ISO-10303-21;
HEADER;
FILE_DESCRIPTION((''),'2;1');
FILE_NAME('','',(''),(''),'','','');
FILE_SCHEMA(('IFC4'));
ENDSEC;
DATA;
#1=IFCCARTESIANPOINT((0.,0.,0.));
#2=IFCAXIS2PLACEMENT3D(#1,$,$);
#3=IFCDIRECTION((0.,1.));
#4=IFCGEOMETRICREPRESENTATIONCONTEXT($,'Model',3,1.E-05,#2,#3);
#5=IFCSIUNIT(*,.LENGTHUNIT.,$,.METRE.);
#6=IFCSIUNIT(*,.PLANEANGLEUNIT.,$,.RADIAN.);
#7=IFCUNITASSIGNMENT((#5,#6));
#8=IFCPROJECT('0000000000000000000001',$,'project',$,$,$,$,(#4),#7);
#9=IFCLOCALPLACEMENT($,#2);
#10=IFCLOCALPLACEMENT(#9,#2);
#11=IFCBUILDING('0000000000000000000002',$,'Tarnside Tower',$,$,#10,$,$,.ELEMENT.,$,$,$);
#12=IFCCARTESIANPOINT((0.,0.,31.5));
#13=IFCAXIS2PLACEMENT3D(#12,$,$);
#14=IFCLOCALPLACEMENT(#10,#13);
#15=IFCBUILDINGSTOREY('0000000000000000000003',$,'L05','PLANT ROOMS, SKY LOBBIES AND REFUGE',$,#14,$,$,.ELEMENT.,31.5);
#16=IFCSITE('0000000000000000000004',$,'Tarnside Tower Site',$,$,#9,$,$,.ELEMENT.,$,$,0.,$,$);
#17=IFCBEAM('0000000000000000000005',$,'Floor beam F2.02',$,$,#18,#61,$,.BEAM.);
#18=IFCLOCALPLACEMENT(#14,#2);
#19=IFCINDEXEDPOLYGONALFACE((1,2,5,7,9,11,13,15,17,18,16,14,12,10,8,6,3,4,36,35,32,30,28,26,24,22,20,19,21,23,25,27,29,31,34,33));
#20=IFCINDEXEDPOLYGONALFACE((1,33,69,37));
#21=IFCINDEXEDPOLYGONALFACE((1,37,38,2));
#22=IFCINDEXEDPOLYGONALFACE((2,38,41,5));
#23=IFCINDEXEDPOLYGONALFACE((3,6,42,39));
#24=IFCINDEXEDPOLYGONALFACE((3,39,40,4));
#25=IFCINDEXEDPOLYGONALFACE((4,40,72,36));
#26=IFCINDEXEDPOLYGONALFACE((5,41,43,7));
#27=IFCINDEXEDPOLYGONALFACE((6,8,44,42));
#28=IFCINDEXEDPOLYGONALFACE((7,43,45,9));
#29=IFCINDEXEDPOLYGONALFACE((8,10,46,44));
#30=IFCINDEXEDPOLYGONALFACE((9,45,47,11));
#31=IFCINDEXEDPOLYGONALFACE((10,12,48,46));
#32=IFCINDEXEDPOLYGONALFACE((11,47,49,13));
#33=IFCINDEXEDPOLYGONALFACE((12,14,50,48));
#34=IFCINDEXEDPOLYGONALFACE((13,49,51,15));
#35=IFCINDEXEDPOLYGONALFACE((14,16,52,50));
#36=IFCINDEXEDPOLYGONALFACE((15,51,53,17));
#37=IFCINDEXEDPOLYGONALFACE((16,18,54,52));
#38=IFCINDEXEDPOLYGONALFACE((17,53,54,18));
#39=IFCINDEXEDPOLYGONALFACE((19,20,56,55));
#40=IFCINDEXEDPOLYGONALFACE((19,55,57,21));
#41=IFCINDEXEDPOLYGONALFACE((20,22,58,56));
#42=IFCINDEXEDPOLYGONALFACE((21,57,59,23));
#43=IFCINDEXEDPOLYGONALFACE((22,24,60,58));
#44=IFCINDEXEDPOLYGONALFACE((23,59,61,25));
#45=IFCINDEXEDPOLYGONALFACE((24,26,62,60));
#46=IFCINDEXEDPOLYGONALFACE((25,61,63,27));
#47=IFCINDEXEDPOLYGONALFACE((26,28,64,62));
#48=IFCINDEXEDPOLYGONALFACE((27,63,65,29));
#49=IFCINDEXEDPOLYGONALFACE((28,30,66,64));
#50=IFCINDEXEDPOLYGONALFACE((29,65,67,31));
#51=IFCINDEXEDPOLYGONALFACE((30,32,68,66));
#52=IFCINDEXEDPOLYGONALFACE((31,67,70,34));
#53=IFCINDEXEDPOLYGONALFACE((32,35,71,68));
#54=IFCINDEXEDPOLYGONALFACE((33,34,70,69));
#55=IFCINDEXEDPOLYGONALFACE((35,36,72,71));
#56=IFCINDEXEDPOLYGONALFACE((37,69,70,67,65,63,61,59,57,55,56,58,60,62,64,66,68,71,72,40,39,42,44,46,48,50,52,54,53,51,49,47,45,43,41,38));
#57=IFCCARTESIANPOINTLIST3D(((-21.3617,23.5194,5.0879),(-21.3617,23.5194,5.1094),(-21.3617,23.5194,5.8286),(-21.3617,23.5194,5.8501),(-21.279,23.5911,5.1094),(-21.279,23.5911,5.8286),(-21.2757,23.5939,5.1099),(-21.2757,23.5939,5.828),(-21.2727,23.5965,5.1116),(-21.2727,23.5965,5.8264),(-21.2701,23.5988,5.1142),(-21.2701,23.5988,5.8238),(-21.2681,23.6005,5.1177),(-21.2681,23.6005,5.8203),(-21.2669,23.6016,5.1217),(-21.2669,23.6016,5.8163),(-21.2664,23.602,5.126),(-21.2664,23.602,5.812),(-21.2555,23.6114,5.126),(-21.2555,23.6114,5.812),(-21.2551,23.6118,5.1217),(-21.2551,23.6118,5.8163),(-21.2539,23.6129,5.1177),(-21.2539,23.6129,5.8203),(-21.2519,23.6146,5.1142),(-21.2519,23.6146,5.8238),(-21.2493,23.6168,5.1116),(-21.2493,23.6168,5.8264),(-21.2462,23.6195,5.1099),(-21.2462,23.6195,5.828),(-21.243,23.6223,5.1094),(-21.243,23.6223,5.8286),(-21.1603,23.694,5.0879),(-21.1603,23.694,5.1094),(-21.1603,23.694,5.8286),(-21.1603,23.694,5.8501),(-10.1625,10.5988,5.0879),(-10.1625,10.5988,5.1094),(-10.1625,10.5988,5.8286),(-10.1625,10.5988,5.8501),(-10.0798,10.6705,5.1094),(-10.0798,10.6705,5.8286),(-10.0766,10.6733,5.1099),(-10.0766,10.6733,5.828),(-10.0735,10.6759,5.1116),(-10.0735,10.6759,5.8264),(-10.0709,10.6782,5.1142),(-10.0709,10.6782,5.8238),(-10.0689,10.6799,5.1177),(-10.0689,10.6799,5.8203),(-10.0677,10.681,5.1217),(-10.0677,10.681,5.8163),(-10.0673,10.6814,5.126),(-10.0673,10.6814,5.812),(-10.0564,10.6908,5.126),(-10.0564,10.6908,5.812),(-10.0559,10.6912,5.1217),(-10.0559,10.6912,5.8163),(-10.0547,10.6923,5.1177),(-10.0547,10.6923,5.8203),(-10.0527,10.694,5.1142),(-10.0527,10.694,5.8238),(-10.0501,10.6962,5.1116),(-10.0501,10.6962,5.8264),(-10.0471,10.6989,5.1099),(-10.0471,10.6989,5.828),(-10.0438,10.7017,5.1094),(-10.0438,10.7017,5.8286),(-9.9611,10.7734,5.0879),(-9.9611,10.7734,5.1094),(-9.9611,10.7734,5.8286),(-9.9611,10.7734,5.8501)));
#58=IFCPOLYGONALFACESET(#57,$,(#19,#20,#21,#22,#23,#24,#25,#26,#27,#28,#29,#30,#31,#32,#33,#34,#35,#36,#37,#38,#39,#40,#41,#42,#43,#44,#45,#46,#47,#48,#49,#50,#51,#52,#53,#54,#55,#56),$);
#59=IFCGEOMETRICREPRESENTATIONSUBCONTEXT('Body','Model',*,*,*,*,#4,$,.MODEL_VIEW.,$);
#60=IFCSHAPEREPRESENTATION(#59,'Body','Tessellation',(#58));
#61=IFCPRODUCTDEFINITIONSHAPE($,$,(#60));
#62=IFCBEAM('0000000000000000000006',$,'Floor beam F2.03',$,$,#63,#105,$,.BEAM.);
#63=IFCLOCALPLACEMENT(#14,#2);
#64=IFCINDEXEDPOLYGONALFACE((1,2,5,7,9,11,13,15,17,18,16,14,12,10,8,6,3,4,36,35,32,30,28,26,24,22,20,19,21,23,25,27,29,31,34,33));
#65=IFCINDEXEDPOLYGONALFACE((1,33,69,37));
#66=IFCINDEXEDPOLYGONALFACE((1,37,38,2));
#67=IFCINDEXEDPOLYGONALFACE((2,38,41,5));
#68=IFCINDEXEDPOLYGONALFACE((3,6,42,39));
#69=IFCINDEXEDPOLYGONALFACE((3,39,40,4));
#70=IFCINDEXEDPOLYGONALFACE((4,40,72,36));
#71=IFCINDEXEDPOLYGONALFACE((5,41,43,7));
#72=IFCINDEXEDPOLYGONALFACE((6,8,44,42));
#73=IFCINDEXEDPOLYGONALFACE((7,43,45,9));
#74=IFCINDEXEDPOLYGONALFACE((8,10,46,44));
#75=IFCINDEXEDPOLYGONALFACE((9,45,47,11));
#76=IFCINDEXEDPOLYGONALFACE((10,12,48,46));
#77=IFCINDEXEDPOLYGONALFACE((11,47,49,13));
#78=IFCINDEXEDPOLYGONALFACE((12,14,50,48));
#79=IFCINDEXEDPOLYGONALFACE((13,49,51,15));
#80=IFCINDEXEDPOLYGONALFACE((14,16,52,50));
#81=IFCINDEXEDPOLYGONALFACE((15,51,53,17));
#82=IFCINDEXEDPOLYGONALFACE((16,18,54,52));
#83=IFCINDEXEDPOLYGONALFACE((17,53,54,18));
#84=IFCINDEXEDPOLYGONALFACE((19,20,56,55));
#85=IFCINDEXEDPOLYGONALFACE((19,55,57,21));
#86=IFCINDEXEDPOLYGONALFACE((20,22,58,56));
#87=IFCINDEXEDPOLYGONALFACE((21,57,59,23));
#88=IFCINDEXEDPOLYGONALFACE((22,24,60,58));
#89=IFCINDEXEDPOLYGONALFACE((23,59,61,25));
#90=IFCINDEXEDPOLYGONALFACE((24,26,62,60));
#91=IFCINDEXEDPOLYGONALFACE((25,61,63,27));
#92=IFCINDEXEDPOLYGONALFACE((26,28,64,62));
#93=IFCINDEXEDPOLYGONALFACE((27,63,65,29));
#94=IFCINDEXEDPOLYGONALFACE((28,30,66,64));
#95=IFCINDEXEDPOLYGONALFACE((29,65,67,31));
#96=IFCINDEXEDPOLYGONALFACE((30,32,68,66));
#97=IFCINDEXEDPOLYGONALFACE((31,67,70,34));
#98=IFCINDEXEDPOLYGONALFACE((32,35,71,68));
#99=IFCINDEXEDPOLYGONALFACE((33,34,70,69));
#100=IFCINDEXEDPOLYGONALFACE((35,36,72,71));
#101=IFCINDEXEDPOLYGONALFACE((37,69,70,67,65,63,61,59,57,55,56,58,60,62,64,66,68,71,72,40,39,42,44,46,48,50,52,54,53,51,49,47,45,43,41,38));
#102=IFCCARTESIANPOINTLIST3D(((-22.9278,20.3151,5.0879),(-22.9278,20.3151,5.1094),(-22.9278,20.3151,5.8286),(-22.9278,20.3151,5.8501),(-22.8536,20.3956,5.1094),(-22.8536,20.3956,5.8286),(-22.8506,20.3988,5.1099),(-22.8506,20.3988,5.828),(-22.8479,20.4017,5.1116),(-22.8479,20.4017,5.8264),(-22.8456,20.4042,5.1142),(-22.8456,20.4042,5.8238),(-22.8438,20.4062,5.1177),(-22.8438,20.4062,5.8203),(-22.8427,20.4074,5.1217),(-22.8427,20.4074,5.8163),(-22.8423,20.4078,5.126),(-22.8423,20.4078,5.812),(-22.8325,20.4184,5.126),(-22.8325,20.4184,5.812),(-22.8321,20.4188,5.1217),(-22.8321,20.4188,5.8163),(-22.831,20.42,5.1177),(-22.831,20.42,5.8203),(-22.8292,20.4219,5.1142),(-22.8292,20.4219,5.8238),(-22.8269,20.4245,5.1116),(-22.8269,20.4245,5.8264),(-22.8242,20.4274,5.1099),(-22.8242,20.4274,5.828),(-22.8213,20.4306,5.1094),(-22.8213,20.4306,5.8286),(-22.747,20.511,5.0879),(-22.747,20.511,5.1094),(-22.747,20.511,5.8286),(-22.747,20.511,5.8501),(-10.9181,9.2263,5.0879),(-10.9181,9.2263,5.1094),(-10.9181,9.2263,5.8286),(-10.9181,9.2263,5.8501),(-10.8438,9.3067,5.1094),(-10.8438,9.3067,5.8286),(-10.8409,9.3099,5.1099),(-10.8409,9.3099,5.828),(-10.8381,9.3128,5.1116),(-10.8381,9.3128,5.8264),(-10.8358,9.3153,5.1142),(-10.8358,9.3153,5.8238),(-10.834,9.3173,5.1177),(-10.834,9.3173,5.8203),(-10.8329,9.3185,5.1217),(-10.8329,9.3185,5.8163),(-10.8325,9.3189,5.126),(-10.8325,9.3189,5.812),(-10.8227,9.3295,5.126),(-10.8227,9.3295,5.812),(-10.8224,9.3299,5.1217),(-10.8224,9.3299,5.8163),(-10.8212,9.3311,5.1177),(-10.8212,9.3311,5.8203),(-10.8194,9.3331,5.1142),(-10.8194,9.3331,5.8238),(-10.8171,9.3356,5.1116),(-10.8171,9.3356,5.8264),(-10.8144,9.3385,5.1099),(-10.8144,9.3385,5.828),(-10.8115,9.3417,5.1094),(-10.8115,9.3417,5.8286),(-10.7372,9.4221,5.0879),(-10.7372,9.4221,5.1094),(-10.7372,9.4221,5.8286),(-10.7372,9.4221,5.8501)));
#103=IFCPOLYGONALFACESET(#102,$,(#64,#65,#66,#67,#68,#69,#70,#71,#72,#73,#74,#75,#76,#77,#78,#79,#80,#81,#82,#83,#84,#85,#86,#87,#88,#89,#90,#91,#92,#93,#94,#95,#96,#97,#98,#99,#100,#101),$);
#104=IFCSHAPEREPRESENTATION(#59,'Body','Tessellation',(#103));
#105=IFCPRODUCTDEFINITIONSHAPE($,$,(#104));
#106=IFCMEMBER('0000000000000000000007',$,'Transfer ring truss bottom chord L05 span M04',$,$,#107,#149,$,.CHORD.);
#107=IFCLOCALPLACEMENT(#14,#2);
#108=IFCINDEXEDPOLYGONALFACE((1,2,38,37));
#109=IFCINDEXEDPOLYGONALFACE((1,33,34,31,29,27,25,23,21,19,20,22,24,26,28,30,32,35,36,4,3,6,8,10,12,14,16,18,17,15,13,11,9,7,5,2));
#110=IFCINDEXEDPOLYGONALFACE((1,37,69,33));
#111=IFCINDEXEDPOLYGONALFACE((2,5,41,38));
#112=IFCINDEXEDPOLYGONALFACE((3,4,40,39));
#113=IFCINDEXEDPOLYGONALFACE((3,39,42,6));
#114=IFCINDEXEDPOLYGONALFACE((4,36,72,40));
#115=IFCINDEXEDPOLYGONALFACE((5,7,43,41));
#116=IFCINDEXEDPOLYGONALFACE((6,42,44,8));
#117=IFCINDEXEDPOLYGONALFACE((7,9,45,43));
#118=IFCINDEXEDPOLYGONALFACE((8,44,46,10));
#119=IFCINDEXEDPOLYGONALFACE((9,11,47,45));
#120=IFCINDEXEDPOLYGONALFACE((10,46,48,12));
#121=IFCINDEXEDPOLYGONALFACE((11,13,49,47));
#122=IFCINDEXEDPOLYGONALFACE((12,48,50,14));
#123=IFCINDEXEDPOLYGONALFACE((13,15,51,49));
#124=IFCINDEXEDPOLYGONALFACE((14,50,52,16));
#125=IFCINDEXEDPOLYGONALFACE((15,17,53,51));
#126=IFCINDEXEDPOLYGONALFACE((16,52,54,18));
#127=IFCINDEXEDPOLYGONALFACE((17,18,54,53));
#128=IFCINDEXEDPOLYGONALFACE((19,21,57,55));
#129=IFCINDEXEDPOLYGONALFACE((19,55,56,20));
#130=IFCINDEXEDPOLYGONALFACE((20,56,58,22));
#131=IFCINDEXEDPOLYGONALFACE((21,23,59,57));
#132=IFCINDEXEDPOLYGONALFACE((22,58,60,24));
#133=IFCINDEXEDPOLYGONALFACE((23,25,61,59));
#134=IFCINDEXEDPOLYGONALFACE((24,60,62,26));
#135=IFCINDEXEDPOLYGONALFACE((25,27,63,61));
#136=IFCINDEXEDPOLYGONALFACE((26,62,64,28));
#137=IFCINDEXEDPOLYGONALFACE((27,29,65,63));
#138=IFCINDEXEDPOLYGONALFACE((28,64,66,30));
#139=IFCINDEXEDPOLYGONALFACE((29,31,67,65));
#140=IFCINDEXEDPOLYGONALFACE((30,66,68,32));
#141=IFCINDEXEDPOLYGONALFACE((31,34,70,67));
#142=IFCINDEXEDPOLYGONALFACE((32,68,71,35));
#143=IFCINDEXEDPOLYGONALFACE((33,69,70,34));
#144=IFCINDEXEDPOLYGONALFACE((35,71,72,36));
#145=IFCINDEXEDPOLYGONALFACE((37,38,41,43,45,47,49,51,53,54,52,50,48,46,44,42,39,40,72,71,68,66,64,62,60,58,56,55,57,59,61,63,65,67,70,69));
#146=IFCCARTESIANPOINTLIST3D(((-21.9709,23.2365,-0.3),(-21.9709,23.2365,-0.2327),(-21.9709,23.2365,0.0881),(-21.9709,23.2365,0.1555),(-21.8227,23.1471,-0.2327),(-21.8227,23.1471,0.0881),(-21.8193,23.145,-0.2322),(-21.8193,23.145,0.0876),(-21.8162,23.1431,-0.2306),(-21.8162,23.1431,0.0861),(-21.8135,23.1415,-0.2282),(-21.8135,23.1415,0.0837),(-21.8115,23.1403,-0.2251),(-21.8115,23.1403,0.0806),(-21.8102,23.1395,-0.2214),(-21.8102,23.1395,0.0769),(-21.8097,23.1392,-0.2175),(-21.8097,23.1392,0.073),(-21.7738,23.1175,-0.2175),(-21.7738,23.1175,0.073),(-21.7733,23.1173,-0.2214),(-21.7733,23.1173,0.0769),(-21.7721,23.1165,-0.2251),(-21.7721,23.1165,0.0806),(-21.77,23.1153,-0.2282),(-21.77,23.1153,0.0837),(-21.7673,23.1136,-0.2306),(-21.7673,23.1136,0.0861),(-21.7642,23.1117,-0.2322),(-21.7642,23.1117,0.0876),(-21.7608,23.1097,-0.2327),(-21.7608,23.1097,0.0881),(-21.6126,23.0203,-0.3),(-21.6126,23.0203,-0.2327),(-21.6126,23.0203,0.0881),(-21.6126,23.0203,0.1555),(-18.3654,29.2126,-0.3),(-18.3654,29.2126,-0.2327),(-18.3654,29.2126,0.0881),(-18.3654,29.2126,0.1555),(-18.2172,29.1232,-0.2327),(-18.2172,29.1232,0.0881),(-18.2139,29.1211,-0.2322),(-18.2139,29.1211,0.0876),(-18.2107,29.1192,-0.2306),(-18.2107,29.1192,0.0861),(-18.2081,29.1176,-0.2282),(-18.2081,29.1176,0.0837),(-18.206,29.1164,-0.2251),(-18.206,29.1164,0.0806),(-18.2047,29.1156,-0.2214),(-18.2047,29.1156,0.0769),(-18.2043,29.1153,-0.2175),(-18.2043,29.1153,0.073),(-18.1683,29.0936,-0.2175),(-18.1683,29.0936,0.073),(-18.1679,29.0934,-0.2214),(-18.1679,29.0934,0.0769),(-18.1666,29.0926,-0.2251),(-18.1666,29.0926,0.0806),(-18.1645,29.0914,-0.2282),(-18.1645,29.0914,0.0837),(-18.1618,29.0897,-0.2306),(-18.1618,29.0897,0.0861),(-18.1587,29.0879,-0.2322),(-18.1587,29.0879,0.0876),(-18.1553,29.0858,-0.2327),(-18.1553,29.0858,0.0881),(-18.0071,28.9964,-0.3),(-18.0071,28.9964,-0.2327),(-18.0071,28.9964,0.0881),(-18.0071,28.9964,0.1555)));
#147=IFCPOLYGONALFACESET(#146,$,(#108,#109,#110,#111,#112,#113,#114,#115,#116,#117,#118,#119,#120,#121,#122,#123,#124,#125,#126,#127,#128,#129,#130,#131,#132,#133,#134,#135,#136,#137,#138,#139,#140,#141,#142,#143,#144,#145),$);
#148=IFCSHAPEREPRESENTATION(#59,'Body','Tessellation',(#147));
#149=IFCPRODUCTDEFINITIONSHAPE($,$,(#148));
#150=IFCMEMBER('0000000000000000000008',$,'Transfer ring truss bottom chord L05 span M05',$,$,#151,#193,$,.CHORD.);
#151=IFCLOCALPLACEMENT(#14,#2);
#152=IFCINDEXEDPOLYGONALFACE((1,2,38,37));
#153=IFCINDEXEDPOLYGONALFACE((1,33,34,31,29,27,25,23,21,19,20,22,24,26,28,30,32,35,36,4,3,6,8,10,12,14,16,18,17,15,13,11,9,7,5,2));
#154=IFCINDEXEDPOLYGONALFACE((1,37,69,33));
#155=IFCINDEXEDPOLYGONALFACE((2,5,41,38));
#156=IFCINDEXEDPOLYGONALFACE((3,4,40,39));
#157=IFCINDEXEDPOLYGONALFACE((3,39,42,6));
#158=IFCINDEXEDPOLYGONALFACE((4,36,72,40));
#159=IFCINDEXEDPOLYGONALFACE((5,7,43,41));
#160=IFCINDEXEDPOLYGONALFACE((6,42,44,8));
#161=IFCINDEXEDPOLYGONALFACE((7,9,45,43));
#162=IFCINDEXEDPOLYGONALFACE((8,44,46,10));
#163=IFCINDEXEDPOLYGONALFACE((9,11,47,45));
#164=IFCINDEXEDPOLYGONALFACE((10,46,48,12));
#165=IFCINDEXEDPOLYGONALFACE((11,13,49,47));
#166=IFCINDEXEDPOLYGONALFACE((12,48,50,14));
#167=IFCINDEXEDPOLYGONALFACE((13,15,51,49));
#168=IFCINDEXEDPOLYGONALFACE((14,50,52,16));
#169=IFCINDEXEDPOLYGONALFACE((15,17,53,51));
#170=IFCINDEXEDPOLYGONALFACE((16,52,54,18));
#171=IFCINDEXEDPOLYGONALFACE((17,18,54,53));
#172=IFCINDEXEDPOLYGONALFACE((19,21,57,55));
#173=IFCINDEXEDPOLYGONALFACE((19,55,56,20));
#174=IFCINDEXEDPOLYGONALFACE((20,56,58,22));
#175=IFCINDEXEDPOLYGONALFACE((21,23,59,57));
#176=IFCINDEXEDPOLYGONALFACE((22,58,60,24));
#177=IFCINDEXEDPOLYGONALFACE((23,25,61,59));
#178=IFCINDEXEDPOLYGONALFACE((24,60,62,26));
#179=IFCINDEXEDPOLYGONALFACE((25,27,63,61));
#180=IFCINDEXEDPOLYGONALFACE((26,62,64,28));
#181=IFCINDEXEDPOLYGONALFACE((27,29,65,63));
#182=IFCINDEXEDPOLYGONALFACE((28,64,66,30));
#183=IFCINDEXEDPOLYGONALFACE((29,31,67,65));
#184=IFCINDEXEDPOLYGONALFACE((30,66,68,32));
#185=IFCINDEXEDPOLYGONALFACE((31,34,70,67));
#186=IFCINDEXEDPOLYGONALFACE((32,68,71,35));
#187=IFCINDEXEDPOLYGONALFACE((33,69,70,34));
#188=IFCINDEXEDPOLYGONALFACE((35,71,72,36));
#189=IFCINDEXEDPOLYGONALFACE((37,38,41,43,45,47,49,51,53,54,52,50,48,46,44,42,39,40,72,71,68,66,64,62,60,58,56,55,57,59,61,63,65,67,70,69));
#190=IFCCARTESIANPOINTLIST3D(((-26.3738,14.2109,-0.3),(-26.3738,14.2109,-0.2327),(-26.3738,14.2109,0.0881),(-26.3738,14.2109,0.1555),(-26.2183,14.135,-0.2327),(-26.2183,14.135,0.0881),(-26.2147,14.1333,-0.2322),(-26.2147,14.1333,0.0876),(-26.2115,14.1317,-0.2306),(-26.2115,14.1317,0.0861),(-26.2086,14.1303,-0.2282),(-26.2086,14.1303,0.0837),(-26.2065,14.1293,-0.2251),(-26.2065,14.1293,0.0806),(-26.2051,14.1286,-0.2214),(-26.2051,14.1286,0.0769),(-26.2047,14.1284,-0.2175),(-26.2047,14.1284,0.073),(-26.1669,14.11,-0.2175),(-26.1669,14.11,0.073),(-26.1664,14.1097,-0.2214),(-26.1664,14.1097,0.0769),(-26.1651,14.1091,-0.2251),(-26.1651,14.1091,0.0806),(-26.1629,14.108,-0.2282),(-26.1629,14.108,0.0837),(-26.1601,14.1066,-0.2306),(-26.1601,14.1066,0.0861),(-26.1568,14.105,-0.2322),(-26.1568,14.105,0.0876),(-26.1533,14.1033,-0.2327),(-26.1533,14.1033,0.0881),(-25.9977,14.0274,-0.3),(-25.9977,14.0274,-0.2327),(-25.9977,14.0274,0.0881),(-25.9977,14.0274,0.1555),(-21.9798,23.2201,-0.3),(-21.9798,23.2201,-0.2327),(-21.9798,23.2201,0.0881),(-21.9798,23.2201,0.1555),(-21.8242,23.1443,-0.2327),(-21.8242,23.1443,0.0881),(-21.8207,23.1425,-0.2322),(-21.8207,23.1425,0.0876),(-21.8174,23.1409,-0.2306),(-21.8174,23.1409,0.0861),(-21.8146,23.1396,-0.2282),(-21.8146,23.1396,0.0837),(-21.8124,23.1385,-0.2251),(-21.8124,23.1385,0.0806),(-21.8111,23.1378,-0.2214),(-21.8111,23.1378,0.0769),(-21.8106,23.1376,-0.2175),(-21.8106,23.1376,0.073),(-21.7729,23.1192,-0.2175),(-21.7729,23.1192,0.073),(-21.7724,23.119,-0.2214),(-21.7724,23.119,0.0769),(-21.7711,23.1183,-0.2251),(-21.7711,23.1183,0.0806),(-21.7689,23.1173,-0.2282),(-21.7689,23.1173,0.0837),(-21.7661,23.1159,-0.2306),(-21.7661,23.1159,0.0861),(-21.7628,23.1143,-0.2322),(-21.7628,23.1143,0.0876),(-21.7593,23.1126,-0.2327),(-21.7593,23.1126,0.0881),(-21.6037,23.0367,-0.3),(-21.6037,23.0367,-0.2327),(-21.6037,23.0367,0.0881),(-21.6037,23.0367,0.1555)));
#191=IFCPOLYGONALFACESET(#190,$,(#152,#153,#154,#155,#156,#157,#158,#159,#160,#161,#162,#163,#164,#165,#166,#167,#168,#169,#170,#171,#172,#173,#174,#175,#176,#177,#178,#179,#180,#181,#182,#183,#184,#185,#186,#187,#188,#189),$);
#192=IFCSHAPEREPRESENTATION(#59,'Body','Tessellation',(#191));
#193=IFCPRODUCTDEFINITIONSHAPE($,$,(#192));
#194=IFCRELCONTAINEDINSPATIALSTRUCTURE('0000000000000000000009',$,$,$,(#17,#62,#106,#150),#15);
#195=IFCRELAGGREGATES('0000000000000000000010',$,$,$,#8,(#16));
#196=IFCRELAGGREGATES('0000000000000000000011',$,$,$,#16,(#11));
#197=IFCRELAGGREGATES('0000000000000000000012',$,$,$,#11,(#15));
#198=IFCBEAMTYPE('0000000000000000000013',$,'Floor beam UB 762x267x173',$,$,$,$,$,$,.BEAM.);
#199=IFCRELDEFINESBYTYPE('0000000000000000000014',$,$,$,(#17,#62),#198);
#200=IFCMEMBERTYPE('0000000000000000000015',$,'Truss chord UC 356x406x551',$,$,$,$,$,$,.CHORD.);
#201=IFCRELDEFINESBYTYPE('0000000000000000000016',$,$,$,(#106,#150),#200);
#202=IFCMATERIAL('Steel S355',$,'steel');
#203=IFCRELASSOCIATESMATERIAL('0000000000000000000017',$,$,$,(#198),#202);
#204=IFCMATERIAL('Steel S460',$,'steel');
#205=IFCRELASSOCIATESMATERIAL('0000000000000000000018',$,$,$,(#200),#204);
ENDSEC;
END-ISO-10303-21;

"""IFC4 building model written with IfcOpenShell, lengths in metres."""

from ifc_helpers import new_model, si_unit, direction, frame, origin, origin_2d, place, context, subcontext, project, spatial, i_section, extrude, material, material_profile, profile_set, type_object, element, save


model = new_model("IFC4")

# Units and contexts
model_context = context("Model", 3, precision=1e-05, world=origin(), true_north=direction((0.0, 1.0)))
body_context = subcontext(model_context, "Body", "Model", "MODEL_VIEW")
ifc_project = project(units=[si_unit("LENGTHUNIT", "METRE"), si_unit("PLANEANGLEUNIT", "RADIAN")], contexts=[model_context])

# Site, building, storey
site_placement = place(None, origin())
site = spatial("IfcSite", under=ifc_project, at=site_placement, Name="Tarnside Tower Site", CompositionType="ELEMENT", RefElevation=0.0)
building_placement = place(site_placement, origin())
building = spatial("IfcBuilding", under=site, at=building_placement, Name="Tarnside Tower", CompositionType="ELEMENT")
storey_placement = place(building_placement, frame((0.0, 0.0, 31.5)))
storey = spatial("IfcBuildingStorey", under=building, at=storey_placement, Name="L05", Description="PLANT ROOMS, SKY LOBBIES AND REFUGE", CompositionType="ELEMENT", Elevation=31.5)

# Beams
ifc_material_1 = material(Name="Steel S355", Category="steel")
ifc_material_profile_1 = material_profile(ifc_material_1, i_section(OverallWidth=0.2666, OverallDepth=0.7622, WebThickness=0.0144, FlangeThickness=0.0215, FilletRadius=0.0166, at=origin_2d()), Name="UB 762x267x173")
ifc_profile_set_1 = profile_set([ifc_material_profile_1], Name="Steel S355")
beam_type_1 = type_object("IfcBeamType", Name="Floor beam UB 762x267x173", PredefinedType="BEAM", material=ifc_profile_set_1)
beam_1_placement = place(storey_placement, frame((-21.261, 23.6067, 5.469), z_axis=(0.654975, -0.755651, 0.0), x_axis=(0.755651, 0.654975, 0.0)))
element("IfcBeam", 1, at=beam_1_placement, inside=storey, type_object=beam_type_1, Name="Floor beam F2.02", PredefinedType="BEAM", context=body_context, shape_type="SweptSolid", body=[
    extrude(i_section(OverallWidth=0.2666, OverallDepth=0.7622, WebThickness=0.0144, FlangeThickness=0.0215, FilletRadius=0.0166, at=origin_2d()), origin(), (0.0, 0.0, 1.0), 17.0986),
])
beam_2_placement = place(storey_placement, frame((-22.8374, 20.4131, 5.469), z_axis=(0.734714, -0.678377, 0.0), x_axis=(0.678377, 0.734714, 0.0)))
element("IfcBeam", 2, at=beam_2_placement, inside=storey, type_object=beam_type_1, Name="Floor beam F2.03", PredefinedType="BEAM", context=body_context, shape_type="SweptSolid", body=[
    extrude(i_section(OverallWidth=0.2666, OverallDepth=0.7622, WebThickness=0.0144, FlangeThickness=0.0215, FilletRadius=0.0166, at=origin_2d()), origin(), (0.0, 0.0, 1.0), 16.3462),
])

# Members
ifc_material_2 = material(Name="Steel S460", Category="steel")
ifc_material_profile_2 = material_profile(ifc_material_2, i_section(OverallWidth=0.4185, OverallDepth=0.4556, WebThickness=0.042, FlangeThickness=0.0674, FilletRadius=0.0151, at=origin_2d()), Name="UC 356x406x551")
ifc_profile_set_2 = profile_set([ifc_material_profile_2], Name="Steel S460")
member_type_1 = type_object("IfcMemberType", Name="Truss chord UC 356x406x551", PredefinedType="CHORD", material=ifc_profile_set_2)
member_1_placement = place(storey_placement, frame((-18.1863, 29.1045, -0.0723), z_axis=(-0.516583, -0.856237, 0.0), x_axis=(0.856237, -0.516583, 0.0)))
element("IfcMember", 3, at=member_1_placement, inside=storey, type_object=member_type_1, Name="Transfer ring truss bottom chord L05 span M04", PredefinedType="CHORD", context=body_context, shape_type="SweptSolid", body=[
    extrude(i_section(OverallWidth=0.4185, OverallDepth=0.4556, WebThickness=0.042, FlangeThickness=0.0674, FilletRadius=0.0151, at=origin_2d()), origin(), (0.0, 0.0, 1.0), 6.9795),
])
member_2_placement = place(storey_placement, frame((-21.7917, 23.1284, -0.0723), z_axis=(-0.438365, -0.898797, 0.0), x_axis=(0.898797, -0.438365, 0.0)))
element("IfcMember", 4, at=member_2_placement, inside=storey, type_object=member_type_1, Name="Transfer ring truss bottom chord L05 span M05", PredefinedType="CHORD", context=body_context, shape_type="SweptSolid", body=[
    extrude(i_section(OverallWidth=0.4185, OverallDepth=0.4556, WebThickness=0.042, FlangeThickness=0.0674, FilletRadius=0.0151, at=origin_2d()), origin(), (0.0, 0.0, 1.0), 10.0237),
])

save(model, "model.ifc")
